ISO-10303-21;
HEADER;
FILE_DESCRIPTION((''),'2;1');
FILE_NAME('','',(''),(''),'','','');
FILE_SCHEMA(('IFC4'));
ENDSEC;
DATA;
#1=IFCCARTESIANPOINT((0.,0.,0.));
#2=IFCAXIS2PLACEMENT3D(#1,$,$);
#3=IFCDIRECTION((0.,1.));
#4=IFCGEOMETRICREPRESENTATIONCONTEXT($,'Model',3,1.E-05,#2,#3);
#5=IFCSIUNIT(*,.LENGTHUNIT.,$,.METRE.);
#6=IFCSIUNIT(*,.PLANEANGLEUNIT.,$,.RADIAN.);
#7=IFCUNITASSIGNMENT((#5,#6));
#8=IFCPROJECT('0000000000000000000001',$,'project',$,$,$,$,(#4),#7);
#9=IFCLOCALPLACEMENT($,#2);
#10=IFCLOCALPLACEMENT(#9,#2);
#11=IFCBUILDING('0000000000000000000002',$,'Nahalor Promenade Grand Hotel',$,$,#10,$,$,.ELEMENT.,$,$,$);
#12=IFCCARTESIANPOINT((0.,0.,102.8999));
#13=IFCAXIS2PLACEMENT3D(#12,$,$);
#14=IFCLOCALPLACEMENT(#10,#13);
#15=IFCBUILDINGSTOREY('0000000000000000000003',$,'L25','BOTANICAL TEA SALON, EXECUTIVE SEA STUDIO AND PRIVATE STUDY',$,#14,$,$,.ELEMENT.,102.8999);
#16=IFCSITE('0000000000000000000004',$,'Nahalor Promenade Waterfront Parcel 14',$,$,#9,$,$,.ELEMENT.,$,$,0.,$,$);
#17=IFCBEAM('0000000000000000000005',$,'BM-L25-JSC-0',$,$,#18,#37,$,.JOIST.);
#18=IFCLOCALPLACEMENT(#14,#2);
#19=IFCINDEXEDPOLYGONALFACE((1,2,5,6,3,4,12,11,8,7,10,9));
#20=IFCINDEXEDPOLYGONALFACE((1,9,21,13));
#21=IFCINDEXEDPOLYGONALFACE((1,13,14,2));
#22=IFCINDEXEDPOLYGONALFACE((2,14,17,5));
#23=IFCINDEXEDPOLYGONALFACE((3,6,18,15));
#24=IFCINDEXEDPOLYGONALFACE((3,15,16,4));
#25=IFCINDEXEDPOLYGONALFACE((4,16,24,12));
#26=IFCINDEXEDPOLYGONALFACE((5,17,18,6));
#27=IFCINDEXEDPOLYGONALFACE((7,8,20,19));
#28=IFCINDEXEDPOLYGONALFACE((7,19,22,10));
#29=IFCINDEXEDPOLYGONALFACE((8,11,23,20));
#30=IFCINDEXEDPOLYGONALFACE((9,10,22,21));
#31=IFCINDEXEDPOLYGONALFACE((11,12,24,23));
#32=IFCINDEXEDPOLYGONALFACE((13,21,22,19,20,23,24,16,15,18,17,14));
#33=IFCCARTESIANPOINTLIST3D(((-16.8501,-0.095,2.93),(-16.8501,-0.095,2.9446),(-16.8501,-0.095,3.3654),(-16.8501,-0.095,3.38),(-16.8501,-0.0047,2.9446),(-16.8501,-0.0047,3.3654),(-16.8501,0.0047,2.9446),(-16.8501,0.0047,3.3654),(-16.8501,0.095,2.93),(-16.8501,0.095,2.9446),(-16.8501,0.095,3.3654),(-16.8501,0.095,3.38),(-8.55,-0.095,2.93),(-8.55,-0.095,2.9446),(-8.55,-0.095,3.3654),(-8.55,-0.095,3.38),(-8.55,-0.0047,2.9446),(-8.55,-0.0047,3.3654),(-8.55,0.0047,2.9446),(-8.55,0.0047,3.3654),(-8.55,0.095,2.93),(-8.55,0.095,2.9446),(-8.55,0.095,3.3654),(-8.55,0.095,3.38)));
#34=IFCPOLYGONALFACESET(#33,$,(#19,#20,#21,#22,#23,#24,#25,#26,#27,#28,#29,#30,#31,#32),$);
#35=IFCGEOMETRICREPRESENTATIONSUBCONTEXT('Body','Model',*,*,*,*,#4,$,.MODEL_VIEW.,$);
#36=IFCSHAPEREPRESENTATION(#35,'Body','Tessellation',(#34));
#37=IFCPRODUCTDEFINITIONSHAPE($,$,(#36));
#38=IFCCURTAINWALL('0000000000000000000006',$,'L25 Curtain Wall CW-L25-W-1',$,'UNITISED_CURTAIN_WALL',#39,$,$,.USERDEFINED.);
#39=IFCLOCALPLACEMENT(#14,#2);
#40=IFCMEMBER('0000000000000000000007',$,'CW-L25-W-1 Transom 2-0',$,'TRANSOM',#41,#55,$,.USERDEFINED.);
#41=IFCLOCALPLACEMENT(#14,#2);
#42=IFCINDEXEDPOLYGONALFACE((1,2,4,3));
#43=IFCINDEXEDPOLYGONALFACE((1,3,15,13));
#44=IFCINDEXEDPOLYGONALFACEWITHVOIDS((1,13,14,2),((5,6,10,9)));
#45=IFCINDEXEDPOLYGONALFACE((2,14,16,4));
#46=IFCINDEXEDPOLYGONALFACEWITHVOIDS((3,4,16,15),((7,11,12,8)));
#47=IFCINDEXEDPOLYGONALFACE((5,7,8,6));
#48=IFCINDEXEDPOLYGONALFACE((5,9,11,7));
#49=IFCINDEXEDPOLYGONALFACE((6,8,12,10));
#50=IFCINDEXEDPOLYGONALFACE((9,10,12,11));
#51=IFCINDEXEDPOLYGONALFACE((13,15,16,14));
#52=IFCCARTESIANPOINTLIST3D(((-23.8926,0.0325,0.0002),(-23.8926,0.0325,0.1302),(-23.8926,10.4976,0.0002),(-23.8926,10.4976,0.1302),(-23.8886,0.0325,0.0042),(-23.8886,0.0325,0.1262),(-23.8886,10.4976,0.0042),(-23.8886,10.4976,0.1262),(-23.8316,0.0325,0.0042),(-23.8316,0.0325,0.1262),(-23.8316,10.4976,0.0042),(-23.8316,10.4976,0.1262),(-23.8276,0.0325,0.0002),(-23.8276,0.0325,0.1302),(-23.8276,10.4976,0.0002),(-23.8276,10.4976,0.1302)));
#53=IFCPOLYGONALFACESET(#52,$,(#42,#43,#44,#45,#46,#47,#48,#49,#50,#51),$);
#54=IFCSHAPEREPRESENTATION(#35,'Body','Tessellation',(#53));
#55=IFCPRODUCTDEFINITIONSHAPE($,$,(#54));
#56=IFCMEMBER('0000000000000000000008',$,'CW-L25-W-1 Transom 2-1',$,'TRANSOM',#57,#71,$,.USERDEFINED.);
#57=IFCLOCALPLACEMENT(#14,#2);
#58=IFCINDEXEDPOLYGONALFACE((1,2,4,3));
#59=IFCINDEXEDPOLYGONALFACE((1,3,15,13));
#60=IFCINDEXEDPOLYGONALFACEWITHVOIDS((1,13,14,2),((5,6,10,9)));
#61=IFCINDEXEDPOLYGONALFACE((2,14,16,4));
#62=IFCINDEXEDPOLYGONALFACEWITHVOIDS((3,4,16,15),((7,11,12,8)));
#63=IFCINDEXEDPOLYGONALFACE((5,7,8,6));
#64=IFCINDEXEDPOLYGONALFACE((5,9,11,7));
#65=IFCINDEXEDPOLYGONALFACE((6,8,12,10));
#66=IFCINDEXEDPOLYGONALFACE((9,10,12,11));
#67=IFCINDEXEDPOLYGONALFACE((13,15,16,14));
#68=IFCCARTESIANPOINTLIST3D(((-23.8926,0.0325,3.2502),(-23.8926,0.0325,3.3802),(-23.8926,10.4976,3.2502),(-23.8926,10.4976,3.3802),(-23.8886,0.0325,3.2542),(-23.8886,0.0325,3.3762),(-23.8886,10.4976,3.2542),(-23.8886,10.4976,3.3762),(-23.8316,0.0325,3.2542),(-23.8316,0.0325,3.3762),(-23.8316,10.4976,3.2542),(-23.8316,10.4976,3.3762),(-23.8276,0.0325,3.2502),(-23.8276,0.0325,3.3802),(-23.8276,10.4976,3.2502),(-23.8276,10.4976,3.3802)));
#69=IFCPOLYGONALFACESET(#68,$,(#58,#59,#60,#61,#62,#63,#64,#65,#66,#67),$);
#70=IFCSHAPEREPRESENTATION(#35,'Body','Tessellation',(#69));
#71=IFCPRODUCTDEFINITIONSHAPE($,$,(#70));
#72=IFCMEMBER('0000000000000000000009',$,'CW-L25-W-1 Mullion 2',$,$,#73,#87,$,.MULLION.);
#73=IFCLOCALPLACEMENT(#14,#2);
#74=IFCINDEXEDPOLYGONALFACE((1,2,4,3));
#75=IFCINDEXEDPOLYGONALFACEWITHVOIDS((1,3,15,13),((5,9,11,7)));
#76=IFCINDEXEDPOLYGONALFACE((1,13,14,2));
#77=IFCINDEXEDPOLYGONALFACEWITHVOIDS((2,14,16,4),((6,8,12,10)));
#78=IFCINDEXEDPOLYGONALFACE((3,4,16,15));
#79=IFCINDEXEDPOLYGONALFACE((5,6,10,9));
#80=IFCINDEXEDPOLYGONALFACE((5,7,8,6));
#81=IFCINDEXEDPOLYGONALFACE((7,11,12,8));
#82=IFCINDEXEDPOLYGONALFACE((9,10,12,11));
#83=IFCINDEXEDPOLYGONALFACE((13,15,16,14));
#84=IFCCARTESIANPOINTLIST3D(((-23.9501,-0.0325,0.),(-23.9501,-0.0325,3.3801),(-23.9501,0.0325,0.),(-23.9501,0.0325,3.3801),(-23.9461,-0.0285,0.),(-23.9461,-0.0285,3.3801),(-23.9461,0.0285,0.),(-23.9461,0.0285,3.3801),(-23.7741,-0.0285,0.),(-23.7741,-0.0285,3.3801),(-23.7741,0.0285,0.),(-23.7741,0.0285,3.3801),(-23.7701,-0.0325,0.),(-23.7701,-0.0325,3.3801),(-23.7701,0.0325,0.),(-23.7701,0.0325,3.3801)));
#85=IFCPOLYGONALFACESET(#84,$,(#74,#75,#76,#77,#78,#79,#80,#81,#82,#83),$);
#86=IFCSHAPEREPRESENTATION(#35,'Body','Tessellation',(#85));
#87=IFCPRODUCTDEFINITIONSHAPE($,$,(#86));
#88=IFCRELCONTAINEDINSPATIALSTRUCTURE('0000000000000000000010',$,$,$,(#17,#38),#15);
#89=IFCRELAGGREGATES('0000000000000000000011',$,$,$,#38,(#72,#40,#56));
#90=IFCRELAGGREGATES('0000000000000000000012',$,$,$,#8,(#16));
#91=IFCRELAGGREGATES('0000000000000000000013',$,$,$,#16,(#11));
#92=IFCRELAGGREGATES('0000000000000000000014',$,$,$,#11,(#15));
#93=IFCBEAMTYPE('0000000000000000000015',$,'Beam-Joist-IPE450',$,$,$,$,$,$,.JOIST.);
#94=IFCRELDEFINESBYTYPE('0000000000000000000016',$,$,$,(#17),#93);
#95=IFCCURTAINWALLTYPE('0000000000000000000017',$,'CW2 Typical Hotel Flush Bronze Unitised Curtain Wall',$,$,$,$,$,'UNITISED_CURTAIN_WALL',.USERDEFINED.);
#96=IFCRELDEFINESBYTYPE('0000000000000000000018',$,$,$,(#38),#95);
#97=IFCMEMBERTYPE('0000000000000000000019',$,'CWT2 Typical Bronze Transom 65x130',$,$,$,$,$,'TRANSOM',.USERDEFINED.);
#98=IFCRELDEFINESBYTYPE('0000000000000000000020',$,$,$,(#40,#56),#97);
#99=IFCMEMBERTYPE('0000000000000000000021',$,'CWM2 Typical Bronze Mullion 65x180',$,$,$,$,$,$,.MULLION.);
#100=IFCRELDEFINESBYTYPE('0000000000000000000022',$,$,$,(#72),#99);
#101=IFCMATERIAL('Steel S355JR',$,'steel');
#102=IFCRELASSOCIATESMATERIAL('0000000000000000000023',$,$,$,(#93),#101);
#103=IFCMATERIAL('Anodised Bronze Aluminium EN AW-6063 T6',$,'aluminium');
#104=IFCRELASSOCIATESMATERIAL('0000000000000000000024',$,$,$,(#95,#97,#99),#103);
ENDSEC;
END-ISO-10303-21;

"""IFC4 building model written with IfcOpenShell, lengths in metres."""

from ifc_helpers import new_model, si_unit, direction, frame, origin, origin_2d, place, context, subcontext, project, spatial, hollow_rectangle, i_section, extrude, source, transform, mapped, material, material_profile, profile_set, type_object, element, aggregate, save


model = new_model("IFC4")

# Units and contexts
model_context = context("Model", 3, precision=1e-05, world=origin(), true_north=direction((0.0, 1.0)))
body_context = subcontext(model_context, "Body", "Model", "MODEL_VIEW")
ifc_project = project(units=[si_unit("LENGTHUNIT", "METRE"), si_unit("PLANEANGLEUNIT", "RADIAN")], contexts=[model_context])

# Site, building, storey
site_placement = place(None, origin())
site = spatial("IfcSite", under=ifc_project, at=site_placement, Name="Nahalor Promenade Waterfront Parcel 14", CompositionType="ELEMENT", RefElevation=0.0)
building_placement = place(site_placement, origin())
building = spatial("IfcBuilding", under=site, at=building_placement, Name="Nahalor Promenade Grand Hotel", CompositionType="ELEMENT")
storey_placement = place(building_placement, frame((0.0, 0.0, 102.8999)))
storey = spatial("IfcBuildingStorey", under=building, at=storey_placement, Name="L25", Description="BOTANICAL TEA SALON, EXECUTIVE SEA STUDIO AND PRIVATE STUDY", CompositionType="ELEMENT", Elevation=102.8999)

# Beam
ifc_material_1 = material(Name="Steel S355JR", Category="steel")
ifc_material_profile_1 = material_profile(ifc_material_1, i_section(OverallWidth=0.19, OverallDepth=0.45, WebThickness=0.0094, FlangeThickness=0.0146, at=origin_2d()), Name="IPE 450")
ifc_profile_set_1 = profile_set([ifc_material_profile_1], Name="Steel S355JR")
beam_type = type_object("IfcBeamType", Name="Beam-Joist-IPE450", PredefinedType="JOIST", material=ifc_profile_set_1)
shared_shape_1 = source(origin(), body_context, "Body", "SweptSolid", [
    extrude(i_section(OverallWidth=0.19, OverallDepth=0.45, WebThickness=0.0094, FlangeThickness=0.0146, at=origin_2d()), origin(), (0.0, 0.0, 1.0), 8.3),
])
beam_placement = place(storey_placement, frame((-16.8501, 0.0, 3.155), z_axis=(1.0, 0.0, 0.0), x_axis=(0.0, 1.0, 0.0)))
element("IfcBeam", 1, at=beam_placement, inside=storey, type_object=beam_type, Name="BM-L25-JSC-0", PredefinedType="JOIST", context=body_context, shape_type="MappedRepresentation", body=[
    mapped(shared_shape_1, transform((0.0, 0.0, 0.0), scale=1.0)),
])

# Curtain wall, members
ifc_material_2 = material(Name="Anodised Bronze Aluminium EN AW-6063 T6", Category="aluminium")
curtain_wall_type = type_object("IfcCurtainWallType", Name="CW2 Typical Hotel Flush Bronze Unitised Curtain Wall", ElementType="UNITISED_CURTAIN_WALL", PredefinedType="USERDEFINED", material=ifc_material_2)
curtain_wall_placement = place(storey_placement, origin())
curtain_wall = element("IfcCurtainWall", 2, at=curtain_wall_placement, inside=storey, type_object=curtain_wall_type, Name="L25 Curtain Wall CW-L25-W-1", ObjectType="UNITISED_CURTAIN_WALL", PredefinedType="USERDEFINED")
ifc_material_profile_2 = material_profile(ifc_material_2, hollow_rectangle(XDim=0.065, YDim=0.13, WallThickness=0.004, at=origin_2d()), Name="CWT 65x130x4")
ifc_profile_set_2 = profile_set([ifc_material_profile_2], Name="Anodised Bronze Aluminium EN AW-6063 T6")
member_type_1 = type_object("IfcMemberType", Name="CWT2 Typical Bronze Transom 65x130", ElementType="TRANSOM", PredefinedType="USERDEFINED", material=ifc_profile_set_2)
shared_shape_2 = source(origin(), body_context, "Body", "SweptSolid", [
    extrude(hollow_rectangle(XDim=0.065, YDim=0.13, WallThickness=0.004, at=origin_2d()), origin(), (0.0, 0.0, 1.0), 10.4651),
])
member_1_placement = place(storey_placement, frame((-23.8601, 0.0325, 0.0652), z_axis=(0.0, 1.0, 0.0), x_axis=(-1.0, 0.0, 0.0)))
member_1 = element("IfcMember", 3, at=member_1_placement, type_object=member_type_1, Name="CW-L25-W-1 Transom 2-0", ObjectType="TRANSOM", PredefinedType="USERDEFINED", context=body_context, shape_type="MappedRepresentation", body=[
    mapped(shared_shape_2, transform((0.0, 0.0, 0.0), scale=1.0)),
])
member_2_placement = place(storey_placement, frame((-23.8601, 0.0325, 3.3152), z_axis=(0.0, 1.0, 0.0), x_axis=(-1.0, 0.0, 0.0)))
member_2 = element("IfcMember", 4, at=member_2_placement, type_object=member_type_1, Name="CW-L25-W-1 Transom 2-1", ObjectType="TRANSOM", PredefinedType="USERDEFINED", context=body_context, shape_type="MappedRepresentation", body=[
    mapped(shared_shape_2, transform((0.0, 0.0, 0.0), scale=1.0)),
])
ifc_material_profile_3 = material_profile(ifc_material_2, hollow_rectangle(XDim=0.065, YDim=0.18, WallThickness=0.004, at=origin_2d()), Name="CWM 65x180x4")
ifc_profile_set_3 = profile_set([ifc_material_profile_3], Name="Anodised Bronze Aluminium EN AW-6063 T6")
member_type_2 = type_object("IfcMemberType", Name="CWM2 Typical Bronze Mullion 65x180", PredefinedType="MULLION", material=ifc_profile_set_3)
shared_shape_3 = source(origin(), body_context, "Body", "SweptSolid", [
    extrude(hollow_rectangle(XDim=0.065, YDim=0.18, WallThickness=0.004, at=origin_2d()), origin(), (0.0, 0.0, 1.0), 3.3801),
])
member_3_placement = place(storey_placement, frame((-23.8601, 0.0, 0.0), z_axis=(0.0, 0.0, 1.0), x_axis=(0.0, 1.0, 0.0)))
member_3 = element("IfcMember", 5, at=member_3_placement, type_object=member_type_2, Name="CW-L25-W-1 Mullion 2", PredefinedType="MULLION", context=body_context, shape_type="MappedRepresentation", body=[
    mapped(shared_shape_3, transform((0.0, 0.0, 0.0), scale=1.0)),
])
aggregate(curtain_wall, [member_3, member_1, member_2])

save(model, "model.ifc")
